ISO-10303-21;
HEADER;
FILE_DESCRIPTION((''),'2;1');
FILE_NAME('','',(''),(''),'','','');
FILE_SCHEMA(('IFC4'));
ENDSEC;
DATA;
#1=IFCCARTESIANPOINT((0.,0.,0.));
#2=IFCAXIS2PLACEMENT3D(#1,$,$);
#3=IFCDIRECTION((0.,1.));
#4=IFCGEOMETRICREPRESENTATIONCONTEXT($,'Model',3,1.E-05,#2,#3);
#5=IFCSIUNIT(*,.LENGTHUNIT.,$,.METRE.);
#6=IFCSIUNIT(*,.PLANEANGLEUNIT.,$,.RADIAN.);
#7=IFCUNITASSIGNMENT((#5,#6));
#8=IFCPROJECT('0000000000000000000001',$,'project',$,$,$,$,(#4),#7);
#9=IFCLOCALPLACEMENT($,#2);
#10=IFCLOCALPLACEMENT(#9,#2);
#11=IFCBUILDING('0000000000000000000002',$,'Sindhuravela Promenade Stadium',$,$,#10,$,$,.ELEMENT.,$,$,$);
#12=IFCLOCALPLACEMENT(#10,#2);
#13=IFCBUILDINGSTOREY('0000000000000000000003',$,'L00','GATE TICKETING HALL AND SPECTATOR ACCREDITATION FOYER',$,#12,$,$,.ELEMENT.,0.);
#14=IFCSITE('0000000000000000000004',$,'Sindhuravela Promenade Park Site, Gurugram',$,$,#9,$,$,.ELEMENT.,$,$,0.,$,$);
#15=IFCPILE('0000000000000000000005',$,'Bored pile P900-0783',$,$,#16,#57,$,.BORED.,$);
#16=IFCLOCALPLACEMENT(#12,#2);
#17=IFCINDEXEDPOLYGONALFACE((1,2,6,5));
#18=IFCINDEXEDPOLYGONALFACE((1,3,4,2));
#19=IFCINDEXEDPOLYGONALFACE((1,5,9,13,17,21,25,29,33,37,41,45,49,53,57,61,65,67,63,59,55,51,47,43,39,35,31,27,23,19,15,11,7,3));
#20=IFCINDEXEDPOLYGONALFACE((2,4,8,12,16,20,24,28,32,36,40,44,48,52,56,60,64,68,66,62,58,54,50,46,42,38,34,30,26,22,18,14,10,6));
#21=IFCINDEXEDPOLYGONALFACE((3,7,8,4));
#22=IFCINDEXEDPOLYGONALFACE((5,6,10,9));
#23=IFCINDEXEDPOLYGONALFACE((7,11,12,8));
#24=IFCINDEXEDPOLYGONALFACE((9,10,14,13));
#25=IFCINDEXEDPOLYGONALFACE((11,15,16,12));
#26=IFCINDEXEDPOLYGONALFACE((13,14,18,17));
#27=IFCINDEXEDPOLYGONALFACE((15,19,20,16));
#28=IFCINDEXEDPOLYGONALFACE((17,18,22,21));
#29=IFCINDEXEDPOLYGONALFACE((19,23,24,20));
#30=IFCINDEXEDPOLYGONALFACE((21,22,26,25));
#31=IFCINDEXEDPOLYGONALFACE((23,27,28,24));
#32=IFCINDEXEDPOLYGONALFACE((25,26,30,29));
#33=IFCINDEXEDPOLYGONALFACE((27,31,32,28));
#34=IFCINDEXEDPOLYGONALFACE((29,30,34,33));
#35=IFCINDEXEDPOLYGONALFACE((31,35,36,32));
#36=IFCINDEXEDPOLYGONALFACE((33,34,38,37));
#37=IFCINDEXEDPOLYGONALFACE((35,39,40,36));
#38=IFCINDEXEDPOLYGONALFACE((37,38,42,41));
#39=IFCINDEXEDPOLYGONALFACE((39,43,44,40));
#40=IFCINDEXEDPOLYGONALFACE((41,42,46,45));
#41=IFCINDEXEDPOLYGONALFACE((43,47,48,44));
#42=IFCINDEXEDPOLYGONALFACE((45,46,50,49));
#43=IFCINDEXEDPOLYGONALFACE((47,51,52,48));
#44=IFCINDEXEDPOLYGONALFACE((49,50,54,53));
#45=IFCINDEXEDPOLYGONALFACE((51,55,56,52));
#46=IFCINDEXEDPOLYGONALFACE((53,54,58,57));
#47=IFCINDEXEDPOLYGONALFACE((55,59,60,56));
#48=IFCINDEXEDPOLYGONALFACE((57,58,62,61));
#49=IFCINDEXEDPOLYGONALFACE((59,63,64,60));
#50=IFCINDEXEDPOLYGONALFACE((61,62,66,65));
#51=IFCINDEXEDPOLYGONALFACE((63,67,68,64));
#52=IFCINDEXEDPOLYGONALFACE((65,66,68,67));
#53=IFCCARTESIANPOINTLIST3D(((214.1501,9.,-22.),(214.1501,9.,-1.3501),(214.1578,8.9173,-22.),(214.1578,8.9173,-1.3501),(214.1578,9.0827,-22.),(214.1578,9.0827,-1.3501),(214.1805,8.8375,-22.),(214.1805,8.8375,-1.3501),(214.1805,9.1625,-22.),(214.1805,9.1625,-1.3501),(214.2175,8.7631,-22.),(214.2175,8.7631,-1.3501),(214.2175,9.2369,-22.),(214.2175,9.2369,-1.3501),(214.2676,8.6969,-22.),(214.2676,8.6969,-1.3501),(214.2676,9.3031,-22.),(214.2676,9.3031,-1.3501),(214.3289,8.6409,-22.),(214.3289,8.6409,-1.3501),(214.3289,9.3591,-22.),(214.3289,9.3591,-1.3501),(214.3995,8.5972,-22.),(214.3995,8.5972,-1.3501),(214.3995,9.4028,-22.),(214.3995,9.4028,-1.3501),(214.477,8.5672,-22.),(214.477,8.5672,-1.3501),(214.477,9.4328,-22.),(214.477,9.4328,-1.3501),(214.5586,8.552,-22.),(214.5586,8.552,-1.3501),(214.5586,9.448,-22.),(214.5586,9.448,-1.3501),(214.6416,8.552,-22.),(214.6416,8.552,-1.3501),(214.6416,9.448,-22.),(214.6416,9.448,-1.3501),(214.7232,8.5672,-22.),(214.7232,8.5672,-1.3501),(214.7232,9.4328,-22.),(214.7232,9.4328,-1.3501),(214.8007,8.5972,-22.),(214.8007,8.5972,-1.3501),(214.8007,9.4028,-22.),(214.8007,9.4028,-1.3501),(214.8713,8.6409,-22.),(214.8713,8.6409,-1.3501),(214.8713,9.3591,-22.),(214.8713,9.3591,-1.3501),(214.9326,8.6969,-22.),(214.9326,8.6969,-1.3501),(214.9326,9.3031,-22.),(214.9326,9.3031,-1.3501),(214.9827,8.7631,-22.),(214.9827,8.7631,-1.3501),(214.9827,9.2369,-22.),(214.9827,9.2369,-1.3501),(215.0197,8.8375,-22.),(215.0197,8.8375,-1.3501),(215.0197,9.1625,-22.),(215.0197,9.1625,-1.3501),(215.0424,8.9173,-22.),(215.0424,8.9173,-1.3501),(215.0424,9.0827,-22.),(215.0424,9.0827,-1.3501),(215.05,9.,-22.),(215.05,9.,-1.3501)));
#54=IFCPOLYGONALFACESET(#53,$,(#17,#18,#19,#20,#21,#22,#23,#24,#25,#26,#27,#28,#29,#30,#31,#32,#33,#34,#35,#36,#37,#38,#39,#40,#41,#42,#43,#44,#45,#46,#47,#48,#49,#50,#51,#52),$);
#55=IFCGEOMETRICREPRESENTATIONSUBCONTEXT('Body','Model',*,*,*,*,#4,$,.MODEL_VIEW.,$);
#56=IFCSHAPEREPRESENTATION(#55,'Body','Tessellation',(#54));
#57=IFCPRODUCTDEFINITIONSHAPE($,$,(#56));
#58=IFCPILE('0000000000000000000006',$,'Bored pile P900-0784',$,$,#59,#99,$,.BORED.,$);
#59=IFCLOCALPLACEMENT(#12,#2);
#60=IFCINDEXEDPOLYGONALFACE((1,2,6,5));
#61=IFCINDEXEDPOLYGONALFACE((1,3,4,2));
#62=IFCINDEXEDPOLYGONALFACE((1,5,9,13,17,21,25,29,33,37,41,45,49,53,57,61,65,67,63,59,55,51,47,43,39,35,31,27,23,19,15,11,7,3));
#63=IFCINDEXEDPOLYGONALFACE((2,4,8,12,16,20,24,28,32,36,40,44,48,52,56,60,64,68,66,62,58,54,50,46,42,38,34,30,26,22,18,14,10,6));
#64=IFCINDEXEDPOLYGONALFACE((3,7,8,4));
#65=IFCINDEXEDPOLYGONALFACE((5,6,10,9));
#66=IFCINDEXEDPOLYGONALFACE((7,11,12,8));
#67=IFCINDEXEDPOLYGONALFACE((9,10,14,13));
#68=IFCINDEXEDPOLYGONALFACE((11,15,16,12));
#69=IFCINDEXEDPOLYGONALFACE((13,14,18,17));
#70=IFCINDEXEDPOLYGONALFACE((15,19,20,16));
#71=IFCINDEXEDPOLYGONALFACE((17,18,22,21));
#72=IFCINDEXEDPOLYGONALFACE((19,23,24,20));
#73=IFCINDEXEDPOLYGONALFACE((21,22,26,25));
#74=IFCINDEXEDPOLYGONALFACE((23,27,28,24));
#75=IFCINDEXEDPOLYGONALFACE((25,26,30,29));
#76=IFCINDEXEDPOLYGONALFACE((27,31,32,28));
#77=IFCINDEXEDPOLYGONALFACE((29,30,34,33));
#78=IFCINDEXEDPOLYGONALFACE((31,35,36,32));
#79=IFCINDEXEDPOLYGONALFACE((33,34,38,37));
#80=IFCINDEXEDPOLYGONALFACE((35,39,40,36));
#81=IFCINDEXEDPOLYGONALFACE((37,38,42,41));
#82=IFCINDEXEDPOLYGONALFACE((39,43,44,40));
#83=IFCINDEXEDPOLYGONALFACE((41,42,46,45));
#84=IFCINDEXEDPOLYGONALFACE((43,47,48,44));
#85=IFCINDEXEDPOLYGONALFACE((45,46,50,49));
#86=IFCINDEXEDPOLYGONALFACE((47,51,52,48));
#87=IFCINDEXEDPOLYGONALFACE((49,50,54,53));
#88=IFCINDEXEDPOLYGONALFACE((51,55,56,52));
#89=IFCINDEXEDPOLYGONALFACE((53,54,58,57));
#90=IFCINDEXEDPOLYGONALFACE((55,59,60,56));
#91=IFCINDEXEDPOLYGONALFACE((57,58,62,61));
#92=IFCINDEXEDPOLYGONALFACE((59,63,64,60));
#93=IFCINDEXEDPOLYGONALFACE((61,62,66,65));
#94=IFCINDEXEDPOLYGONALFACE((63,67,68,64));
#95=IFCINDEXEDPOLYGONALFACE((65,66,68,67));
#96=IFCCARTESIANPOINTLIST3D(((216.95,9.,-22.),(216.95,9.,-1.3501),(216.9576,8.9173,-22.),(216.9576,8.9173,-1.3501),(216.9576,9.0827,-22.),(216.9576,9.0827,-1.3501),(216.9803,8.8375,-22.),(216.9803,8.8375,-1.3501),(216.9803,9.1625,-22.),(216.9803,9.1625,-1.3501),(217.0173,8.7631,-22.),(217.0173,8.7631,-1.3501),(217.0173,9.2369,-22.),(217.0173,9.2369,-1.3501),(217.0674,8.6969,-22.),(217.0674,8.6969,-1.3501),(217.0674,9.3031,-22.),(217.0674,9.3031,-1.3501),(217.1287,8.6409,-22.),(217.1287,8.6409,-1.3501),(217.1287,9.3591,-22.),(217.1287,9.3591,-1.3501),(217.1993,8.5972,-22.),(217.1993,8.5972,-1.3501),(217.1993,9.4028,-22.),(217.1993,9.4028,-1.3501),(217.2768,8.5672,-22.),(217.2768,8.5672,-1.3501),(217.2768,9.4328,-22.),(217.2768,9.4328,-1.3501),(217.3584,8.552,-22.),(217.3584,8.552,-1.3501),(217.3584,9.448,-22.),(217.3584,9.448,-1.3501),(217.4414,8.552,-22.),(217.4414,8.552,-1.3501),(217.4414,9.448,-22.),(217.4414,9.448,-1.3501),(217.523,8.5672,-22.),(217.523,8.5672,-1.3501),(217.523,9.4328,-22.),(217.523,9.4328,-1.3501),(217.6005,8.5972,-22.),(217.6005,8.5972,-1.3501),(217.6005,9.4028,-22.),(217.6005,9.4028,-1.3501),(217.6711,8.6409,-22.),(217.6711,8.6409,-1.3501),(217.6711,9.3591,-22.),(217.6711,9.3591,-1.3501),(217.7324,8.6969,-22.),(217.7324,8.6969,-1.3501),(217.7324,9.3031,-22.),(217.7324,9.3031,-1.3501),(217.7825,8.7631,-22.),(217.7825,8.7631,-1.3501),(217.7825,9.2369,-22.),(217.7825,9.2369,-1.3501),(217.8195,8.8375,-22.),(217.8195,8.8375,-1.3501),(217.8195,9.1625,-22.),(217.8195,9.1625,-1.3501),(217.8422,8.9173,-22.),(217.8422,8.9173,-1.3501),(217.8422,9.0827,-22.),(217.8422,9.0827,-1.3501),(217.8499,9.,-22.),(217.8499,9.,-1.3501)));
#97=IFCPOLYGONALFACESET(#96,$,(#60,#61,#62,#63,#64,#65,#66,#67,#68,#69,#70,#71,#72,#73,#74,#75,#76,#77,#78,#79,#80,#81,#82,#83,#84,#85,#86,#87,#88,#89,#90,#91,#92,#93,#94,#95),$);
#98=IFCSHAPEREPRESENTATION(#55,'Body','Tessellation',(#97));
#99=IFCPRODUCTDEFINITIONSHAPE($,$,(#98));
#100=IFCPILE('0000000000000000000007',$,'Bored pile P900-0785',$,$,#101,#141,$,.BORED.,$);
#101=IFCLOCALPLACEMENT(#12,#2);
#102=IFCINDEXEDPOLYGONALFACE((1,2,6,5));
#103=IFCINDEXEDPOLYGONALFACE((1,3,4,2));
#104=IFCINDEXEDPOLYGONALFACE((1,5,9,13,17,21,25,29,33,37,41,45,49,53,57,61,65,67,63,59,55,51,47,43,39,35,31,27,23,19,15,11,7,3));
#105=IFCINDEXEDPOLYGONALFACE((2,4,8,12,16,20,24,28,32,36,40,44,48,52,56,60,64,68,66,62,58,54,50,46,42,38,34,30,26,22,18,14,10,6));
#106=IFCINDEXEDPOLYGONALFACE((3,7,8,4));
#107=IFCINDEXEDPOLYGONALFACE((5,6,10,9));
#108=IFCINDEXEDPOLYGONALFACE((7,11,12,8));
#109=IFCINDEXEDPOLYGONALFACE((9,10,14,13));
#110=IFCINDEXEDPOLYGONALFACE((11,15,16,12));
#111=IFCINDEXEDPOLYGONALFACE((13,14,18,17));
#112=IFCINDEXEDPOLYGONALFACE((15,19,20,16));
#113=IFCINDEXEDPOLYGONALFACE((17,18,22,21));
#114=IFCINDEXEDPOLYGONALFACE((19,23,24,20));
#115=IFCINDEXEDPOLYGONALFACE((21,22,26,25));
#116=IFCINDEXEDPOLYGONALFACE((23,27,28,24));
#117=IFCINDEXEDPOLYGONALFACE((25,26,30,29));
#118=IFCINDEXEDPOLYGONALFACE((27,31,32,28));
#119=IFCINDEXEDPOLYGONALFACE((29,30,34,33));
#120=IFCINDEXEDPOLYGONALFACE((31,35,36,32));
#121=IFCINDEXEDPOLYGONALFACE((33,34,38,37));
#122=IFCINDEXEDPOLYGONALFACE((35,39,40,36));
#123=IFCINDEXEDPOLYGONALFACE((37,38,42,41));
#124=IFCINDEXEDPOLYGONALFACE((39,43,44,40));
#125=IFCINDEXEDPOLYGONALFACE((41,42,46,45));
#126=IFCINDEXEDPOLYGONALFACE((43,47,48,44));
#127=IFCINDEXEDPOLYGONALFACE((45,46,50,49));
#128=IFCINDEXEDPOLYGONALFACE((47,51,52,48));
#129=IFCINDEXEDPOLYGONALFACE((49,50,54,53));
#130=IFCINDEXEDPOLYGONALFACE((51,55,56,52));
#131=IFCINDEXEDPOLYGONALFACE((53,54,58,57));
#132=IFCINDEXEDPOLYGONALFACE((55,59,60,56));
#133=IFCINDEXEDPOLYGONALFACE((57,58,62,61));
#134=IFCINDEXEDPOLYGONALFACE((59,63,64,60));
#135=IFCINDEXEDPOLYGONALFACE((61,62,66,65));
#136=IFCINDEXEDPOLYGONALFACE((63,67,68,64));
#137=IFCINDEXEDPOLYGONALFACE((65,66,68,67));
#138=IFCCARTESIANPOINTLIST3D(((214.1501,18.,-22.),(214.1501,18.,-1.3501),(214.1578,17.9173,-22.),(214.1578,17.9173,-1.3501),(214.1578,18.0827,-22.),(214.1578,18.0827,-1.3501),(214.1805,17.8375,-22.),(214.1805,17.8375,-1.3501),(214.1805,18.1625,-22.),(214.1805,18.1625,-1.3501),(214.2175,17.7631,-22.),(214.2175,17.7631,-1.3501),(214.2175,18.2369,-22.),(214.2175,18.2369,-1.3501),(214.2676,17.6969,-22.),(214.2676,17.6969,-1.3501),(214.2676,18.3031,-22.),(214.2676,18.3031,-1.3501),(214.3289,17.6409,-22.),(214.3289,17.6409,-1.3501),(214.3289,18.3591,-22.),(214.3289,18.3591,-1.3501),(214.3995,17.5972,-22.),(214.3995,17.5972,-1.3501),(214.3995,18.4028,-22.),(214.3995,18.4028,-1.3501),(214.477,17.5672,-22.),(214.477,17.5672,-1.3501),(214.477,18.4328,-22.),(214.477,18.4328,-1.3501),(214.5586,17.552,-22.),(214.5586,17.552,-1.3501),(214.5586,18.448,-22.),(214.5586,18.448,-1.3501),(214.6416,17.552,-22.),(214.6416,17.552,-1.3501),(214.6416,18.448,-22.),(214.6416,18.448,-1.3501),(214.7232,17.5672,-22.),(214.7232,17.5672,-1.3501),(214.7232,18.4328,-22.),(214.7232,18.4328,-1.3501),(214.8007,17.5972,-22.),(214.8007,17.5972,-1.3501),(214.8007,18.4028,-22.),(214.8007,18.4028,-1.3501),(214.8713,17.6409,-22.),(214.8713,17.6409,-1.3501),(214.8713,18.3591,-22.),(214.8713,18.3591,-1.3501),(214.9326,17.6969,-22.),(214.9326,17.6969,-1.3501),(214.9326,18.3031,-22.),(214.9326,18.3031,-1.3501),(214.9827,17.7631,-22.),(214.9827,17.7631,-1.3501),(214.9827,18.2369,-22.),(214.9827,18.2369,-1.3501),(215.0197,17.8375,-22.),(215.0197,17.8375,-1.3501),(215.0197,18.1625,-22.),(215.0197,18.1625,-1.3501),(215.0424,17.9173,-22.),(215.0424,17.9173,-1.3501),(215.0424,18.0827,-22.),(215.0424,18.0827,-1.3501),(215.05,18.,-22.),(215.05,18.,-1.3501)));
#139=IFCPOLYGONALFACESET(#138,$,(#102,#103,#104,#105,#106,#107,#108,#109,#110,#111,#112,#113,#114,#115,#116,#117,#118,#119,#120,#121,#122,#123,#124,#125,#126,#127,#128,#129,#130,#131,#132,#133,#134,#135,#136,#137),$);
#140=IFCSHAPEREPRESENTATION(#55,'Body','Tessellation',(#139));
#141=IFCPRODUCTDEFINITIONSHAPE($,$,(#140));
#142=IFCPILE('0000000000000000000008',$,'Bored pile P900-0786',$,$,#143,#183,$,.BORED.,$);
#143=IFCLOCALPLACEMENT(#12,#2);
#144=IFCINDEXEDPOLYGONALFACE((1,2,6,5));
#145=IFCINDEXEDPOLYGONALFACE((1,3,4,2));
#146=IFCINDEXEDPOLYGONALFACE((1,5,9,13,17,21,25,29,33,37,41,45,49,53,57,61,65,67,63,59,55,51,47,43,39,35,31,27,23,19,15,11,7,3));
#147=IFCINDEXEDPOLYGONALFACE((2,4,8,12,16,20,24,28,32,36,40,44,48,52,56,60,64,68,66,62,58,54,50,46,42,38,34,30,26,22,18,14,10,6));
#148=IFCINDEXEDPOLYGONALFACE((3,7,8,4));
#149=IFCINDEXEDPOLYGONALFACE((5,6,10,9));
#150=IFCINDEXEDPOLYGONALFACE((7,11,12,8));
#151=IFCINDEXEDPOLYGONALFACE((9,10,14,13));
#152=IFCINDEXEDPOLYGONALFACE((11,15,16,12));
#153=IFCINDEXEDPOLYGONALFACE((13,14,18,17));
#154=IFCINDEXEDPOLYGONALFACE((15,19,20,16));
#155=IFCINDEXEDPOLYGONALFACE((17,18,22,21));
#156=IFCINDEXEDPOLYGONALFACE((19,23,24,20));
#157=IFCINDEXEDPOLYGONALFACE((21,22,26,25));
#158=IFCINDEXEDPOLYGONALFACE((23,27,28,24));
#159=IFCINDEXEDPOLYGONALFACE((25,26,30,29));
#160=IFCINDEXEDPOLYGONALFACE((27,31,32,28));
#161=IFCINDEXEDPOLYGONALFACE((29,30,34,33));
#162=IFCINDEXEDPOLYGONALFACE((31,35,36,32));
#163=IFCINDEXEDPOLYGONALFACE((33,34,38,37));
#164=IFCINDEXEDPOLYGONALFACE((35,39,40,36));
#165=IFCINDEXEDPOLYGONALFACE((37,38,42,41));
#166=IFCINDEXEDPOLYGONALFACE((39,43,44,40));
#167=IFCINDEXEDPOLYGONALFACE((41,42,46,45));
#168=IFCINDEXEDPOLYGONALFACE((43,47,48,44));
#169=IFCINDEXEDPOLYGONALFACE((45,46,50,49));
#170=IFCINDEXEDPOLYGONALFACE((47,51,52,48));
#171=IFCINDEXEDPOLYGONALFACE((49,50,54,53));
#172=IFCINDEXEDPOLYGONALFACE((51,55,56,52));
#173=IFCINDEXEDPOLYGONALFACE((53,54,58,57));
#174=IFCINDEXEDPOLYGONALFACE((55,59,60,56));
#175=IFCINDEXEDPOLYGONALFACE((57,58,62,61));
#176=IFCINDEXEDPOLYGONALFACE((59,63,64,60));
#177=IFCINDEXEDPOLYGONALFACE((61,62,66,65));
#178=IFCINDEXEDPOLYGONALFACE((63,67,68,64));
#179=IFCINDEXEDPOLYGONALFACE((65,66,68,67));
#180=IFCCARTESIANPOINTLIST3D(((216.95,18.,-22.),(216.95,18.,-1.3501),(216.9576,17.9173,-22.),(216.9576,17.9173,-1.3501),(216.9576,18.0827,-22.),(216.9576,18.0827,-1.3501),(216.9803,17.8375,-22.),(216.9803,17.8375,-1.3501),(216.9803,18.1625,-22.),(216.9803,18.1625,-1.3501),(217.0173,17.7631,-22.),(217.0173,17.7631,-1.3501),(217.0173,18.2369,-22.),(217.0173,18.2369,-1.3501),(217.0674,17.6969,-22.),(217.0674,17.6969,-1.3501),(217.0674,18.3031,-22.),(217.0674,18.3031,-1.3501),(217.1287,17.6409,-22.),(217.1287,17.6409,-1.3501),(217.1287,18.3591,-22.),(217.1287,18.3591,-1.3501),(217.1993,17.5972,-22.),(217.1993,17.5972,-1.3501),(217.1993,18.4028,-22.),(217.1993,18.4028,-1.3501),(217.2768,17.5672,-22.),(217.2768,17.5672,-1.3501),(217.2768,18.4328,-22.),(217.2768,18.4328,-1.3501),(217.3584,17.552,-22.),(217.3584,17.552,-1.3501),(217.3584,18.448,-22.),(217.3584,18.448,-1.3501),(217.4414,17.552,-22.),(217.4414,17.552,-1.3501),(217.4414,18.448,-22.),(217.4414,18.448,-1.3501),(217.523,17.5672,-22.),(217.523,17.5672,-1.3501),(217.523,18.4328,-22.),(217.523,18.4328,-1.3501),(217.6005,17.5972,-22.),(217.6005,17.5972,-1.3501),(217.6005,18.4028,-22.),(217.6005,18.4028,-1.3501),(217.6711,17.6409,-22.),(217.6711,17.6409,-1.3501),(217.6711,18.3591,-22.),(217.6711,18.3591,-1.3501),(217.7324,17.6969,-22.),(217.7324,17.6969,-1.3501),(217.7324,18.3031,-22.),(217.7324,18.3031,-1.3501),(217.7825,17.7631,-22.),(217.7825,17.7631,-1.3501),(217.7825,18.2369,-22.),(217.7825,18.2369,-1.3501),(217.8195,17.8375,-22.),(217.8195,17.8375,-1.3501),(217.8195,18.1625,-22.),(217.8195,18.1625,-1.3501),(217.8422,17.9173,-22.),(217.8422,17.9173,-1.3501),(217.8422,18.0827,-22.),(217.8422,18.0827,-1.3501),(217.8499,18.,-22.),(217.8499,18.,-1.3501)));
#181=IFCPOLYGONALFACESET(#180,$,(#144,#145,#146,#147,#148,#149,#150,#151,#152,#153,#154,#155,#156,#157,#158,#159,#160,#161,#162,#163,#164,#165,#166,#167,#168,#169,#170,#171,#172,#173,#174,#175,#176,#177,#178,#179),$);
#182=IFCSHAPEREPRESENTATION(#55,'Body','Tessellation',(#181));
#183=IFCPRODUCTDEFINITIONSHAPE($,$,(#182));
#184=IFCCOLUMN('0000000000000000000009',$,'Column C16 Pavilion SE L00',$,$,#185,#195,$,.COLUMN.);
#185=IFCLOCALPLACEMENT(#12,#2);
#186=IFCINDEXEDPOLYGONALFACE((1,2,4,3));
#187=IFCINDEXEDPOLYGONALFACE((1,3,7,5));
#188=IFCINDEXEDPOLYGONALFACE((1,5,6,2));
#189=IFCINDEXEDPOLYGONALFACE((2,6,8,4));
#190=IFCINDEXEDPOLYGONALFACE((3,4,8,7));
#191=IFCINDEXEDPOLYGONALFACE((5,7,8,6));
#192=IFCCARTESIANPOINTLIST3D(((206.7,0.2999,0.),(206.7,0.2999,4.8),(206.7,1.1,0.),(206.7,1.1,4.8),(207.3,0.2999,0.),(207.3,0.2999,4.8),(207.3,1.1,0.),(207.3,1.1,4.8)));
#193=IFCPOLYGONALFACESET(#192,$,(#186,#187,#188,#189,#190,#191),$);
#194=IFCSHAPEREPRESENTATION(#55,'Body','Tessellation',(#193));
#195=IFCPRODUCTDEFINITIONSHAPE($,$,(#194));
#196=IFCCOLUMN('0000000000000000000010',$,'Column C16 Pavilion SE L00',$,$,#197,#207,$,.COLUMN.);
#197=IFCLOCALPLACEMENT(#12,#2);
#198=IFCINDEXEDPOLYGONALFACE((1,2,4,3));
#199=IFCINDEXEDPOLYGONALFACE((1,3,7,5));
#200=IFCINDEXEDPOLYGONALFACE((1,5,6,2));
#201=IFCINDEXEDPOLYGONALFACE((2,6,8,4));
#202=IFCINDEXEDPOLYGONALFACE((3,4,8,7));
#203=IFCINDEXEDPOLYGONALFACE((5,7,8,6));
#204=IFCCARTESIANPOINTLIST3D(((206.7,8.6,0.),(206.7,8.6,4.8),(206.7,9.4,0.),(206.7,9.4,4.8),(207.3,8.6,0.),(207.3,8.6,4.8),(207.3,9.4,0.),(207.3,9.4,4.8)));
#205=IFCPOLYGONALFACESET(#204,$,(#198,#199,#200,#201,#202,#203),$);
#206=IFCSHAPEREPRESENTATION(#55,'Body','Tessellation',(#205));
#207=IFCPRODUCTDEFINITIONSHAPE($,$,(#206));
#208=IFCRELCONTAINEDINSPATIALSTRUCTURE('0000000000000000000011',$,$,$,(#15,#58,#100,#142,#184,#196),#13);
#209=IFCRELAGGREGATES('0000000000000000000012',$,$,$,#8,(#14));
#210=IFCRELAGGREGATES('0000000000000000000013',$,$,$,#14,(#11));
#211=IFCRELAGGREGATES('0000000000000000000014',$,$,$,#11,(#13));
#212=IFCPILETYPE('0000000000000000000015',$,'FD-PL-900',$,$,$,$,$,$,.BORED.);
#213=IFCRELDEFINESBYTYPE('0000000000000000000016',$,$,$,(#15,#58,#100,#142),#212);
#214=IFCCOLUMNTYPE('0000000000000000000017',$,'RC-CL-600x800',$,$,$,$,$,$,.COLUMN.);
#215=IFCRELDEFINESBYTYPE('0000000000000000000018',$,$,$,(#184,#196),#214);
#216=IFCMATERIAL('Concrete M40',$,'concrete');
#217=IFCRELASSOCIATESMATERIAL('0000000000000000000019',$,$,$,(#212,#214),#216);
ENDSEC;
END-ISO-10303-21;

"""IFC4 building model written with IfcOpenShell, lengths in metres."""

from ifc_helpers import new_model, si_unit, direction, frame, origin, origin_2d, place, context, subcontext, project, spatial, rectangle, circle, extrude, material, material_profile, profile_set, type_object, element, save


model = new_model("IFC4")

# Units and contexts
model_context = context("Model", 3, precision=1e-05, world=origin(), true_north=direction((0.0, 1.0)))
body_context = subcontext(model_context, "Body", "Model", "MODEL_VIEW")
ifc_project = project(units=[si_unit("LENGTHUNIT", "METRE"), si_unit("PLANEANGLEUNIT", "RADIAN")], contexts=[model_context])

# Site, building, storey
site_placement = place(None, origin())
site = spatial("IfcSite", under=ifc_project, at=site_placement, Name="Sindhuravela Promenade Park Site, Gurugram", CompositionType="ELEMENT", RefElevation=0.0)
building_placement = place(site_placement, origin())
building = spatial("IfcBuilding", under=site, at=building_placement, Name="Sindhuravela Promenade Stadium", CompositionType="ELEMENT")
storey_placement = place(building_placement, origin())
storey = spatial("IfcBuildingStorey", under=building, at=storey_placement, Name="L00", Description="GATE TICKETING HALL AND SPECTATOR ACCREDITATION FOYER", CompositionType="ELEMENT", Elevation=0.0)

# Piles
ifc_material_1 = material(Name="Concrete M40", Category="concrete")
ifc_material_profile_1 = material_profile(ifc_material_1, circle(Radius=0.45, at=origin_2d()), Name="BORED PILE D900")
ifc_profile_set_1 = profile_set([ifc_material_profile_1], Name="Concrete M40")
pile_type_1 = type_object("IfcPileType", Name="FD-PL-900", PredefinedType="BORED", material=ifc_profile_set_1)
for number, where, z_axis, x_axis, name in (
    (1, (214.6001, 9.0, -1.3501), (0.0, 0.0, -1.0), (1.0, 0.0, 0.0), "Bored pile P900-0783"),
    (2, (217.3999, 9.0, -1.3501), (0.0, 0.0, -1.0), (1.0, 0.0, 0.0), "Bored pile P900-0784"),
    (3, (214.6001, 18.0, -1.3501), (0.0, 0.0, -1.0), (1.0, 0.0, 0.0), "Bored pile P900-0785"),
    (4, (217.3999, 18.0, -1.3501), (0.0, 0.0, -1.0), (1.0, 0.0, 0.0), "Bored pile P900-0786"),
):
    element("IfcPile", number, at=place(storey_placement, frame(where, z_axis=z_axis, x_axis=x_axis)), inside=storey, type_object=pile_type_1, Name=name, PredefinedType="BORED", context=body_context, shape_type="SweptSolid", body=[
        extrude(circle(Radius=0.45, at=origin_2d()), origin(), (0.0, 0.0, 1.0), 20.6499),
    ])

# Columns
ifc_material_profile_2 = material_profile(ifc_material_1, rectangle(XDim=0.6001, YDim=0.8, at=origin_2d()), Name="RC 600x800")
ifc_profile_set_2 = profile_set([ifc_material_profile_2], Name="Concrete M40")
column_type_1 = type_object("IfcColumnType", Name="RC-CL-600x800", PredefinedType="COLUMN", material=ifc_profile_set_2)
for number, where, z_axis, x_axis, name in (
    (5, (207.0, 0.7, 0.0), (0.0, 0.0, 1.0), (1.0, 0.0, 0.0), "Column C16 Pavilion SE L00"),
    (6, (207.0, 9.0, 0.0), (0.0, 0.0, 1.0), (1.0, 0.0, 0.0), "Column C16 Pavilion SE L00"),
):
    element("IfcColumn", number, at=place(storey_placement, frame(where, z_axis=z_axis, x_axis=x_axis)), inside=storey, type_object=column_type_1, Name=name, PredefinedType="COLUMN", context=body_context, shape_type="SweptSolid", body=[
        extrude(rectangle(XDim=0.6001, YDim=0.8, at=origin_2d()), origin(), (0.0, 0.0, 1.0), 4.8),
    ])

save(model, "model.ifc")
